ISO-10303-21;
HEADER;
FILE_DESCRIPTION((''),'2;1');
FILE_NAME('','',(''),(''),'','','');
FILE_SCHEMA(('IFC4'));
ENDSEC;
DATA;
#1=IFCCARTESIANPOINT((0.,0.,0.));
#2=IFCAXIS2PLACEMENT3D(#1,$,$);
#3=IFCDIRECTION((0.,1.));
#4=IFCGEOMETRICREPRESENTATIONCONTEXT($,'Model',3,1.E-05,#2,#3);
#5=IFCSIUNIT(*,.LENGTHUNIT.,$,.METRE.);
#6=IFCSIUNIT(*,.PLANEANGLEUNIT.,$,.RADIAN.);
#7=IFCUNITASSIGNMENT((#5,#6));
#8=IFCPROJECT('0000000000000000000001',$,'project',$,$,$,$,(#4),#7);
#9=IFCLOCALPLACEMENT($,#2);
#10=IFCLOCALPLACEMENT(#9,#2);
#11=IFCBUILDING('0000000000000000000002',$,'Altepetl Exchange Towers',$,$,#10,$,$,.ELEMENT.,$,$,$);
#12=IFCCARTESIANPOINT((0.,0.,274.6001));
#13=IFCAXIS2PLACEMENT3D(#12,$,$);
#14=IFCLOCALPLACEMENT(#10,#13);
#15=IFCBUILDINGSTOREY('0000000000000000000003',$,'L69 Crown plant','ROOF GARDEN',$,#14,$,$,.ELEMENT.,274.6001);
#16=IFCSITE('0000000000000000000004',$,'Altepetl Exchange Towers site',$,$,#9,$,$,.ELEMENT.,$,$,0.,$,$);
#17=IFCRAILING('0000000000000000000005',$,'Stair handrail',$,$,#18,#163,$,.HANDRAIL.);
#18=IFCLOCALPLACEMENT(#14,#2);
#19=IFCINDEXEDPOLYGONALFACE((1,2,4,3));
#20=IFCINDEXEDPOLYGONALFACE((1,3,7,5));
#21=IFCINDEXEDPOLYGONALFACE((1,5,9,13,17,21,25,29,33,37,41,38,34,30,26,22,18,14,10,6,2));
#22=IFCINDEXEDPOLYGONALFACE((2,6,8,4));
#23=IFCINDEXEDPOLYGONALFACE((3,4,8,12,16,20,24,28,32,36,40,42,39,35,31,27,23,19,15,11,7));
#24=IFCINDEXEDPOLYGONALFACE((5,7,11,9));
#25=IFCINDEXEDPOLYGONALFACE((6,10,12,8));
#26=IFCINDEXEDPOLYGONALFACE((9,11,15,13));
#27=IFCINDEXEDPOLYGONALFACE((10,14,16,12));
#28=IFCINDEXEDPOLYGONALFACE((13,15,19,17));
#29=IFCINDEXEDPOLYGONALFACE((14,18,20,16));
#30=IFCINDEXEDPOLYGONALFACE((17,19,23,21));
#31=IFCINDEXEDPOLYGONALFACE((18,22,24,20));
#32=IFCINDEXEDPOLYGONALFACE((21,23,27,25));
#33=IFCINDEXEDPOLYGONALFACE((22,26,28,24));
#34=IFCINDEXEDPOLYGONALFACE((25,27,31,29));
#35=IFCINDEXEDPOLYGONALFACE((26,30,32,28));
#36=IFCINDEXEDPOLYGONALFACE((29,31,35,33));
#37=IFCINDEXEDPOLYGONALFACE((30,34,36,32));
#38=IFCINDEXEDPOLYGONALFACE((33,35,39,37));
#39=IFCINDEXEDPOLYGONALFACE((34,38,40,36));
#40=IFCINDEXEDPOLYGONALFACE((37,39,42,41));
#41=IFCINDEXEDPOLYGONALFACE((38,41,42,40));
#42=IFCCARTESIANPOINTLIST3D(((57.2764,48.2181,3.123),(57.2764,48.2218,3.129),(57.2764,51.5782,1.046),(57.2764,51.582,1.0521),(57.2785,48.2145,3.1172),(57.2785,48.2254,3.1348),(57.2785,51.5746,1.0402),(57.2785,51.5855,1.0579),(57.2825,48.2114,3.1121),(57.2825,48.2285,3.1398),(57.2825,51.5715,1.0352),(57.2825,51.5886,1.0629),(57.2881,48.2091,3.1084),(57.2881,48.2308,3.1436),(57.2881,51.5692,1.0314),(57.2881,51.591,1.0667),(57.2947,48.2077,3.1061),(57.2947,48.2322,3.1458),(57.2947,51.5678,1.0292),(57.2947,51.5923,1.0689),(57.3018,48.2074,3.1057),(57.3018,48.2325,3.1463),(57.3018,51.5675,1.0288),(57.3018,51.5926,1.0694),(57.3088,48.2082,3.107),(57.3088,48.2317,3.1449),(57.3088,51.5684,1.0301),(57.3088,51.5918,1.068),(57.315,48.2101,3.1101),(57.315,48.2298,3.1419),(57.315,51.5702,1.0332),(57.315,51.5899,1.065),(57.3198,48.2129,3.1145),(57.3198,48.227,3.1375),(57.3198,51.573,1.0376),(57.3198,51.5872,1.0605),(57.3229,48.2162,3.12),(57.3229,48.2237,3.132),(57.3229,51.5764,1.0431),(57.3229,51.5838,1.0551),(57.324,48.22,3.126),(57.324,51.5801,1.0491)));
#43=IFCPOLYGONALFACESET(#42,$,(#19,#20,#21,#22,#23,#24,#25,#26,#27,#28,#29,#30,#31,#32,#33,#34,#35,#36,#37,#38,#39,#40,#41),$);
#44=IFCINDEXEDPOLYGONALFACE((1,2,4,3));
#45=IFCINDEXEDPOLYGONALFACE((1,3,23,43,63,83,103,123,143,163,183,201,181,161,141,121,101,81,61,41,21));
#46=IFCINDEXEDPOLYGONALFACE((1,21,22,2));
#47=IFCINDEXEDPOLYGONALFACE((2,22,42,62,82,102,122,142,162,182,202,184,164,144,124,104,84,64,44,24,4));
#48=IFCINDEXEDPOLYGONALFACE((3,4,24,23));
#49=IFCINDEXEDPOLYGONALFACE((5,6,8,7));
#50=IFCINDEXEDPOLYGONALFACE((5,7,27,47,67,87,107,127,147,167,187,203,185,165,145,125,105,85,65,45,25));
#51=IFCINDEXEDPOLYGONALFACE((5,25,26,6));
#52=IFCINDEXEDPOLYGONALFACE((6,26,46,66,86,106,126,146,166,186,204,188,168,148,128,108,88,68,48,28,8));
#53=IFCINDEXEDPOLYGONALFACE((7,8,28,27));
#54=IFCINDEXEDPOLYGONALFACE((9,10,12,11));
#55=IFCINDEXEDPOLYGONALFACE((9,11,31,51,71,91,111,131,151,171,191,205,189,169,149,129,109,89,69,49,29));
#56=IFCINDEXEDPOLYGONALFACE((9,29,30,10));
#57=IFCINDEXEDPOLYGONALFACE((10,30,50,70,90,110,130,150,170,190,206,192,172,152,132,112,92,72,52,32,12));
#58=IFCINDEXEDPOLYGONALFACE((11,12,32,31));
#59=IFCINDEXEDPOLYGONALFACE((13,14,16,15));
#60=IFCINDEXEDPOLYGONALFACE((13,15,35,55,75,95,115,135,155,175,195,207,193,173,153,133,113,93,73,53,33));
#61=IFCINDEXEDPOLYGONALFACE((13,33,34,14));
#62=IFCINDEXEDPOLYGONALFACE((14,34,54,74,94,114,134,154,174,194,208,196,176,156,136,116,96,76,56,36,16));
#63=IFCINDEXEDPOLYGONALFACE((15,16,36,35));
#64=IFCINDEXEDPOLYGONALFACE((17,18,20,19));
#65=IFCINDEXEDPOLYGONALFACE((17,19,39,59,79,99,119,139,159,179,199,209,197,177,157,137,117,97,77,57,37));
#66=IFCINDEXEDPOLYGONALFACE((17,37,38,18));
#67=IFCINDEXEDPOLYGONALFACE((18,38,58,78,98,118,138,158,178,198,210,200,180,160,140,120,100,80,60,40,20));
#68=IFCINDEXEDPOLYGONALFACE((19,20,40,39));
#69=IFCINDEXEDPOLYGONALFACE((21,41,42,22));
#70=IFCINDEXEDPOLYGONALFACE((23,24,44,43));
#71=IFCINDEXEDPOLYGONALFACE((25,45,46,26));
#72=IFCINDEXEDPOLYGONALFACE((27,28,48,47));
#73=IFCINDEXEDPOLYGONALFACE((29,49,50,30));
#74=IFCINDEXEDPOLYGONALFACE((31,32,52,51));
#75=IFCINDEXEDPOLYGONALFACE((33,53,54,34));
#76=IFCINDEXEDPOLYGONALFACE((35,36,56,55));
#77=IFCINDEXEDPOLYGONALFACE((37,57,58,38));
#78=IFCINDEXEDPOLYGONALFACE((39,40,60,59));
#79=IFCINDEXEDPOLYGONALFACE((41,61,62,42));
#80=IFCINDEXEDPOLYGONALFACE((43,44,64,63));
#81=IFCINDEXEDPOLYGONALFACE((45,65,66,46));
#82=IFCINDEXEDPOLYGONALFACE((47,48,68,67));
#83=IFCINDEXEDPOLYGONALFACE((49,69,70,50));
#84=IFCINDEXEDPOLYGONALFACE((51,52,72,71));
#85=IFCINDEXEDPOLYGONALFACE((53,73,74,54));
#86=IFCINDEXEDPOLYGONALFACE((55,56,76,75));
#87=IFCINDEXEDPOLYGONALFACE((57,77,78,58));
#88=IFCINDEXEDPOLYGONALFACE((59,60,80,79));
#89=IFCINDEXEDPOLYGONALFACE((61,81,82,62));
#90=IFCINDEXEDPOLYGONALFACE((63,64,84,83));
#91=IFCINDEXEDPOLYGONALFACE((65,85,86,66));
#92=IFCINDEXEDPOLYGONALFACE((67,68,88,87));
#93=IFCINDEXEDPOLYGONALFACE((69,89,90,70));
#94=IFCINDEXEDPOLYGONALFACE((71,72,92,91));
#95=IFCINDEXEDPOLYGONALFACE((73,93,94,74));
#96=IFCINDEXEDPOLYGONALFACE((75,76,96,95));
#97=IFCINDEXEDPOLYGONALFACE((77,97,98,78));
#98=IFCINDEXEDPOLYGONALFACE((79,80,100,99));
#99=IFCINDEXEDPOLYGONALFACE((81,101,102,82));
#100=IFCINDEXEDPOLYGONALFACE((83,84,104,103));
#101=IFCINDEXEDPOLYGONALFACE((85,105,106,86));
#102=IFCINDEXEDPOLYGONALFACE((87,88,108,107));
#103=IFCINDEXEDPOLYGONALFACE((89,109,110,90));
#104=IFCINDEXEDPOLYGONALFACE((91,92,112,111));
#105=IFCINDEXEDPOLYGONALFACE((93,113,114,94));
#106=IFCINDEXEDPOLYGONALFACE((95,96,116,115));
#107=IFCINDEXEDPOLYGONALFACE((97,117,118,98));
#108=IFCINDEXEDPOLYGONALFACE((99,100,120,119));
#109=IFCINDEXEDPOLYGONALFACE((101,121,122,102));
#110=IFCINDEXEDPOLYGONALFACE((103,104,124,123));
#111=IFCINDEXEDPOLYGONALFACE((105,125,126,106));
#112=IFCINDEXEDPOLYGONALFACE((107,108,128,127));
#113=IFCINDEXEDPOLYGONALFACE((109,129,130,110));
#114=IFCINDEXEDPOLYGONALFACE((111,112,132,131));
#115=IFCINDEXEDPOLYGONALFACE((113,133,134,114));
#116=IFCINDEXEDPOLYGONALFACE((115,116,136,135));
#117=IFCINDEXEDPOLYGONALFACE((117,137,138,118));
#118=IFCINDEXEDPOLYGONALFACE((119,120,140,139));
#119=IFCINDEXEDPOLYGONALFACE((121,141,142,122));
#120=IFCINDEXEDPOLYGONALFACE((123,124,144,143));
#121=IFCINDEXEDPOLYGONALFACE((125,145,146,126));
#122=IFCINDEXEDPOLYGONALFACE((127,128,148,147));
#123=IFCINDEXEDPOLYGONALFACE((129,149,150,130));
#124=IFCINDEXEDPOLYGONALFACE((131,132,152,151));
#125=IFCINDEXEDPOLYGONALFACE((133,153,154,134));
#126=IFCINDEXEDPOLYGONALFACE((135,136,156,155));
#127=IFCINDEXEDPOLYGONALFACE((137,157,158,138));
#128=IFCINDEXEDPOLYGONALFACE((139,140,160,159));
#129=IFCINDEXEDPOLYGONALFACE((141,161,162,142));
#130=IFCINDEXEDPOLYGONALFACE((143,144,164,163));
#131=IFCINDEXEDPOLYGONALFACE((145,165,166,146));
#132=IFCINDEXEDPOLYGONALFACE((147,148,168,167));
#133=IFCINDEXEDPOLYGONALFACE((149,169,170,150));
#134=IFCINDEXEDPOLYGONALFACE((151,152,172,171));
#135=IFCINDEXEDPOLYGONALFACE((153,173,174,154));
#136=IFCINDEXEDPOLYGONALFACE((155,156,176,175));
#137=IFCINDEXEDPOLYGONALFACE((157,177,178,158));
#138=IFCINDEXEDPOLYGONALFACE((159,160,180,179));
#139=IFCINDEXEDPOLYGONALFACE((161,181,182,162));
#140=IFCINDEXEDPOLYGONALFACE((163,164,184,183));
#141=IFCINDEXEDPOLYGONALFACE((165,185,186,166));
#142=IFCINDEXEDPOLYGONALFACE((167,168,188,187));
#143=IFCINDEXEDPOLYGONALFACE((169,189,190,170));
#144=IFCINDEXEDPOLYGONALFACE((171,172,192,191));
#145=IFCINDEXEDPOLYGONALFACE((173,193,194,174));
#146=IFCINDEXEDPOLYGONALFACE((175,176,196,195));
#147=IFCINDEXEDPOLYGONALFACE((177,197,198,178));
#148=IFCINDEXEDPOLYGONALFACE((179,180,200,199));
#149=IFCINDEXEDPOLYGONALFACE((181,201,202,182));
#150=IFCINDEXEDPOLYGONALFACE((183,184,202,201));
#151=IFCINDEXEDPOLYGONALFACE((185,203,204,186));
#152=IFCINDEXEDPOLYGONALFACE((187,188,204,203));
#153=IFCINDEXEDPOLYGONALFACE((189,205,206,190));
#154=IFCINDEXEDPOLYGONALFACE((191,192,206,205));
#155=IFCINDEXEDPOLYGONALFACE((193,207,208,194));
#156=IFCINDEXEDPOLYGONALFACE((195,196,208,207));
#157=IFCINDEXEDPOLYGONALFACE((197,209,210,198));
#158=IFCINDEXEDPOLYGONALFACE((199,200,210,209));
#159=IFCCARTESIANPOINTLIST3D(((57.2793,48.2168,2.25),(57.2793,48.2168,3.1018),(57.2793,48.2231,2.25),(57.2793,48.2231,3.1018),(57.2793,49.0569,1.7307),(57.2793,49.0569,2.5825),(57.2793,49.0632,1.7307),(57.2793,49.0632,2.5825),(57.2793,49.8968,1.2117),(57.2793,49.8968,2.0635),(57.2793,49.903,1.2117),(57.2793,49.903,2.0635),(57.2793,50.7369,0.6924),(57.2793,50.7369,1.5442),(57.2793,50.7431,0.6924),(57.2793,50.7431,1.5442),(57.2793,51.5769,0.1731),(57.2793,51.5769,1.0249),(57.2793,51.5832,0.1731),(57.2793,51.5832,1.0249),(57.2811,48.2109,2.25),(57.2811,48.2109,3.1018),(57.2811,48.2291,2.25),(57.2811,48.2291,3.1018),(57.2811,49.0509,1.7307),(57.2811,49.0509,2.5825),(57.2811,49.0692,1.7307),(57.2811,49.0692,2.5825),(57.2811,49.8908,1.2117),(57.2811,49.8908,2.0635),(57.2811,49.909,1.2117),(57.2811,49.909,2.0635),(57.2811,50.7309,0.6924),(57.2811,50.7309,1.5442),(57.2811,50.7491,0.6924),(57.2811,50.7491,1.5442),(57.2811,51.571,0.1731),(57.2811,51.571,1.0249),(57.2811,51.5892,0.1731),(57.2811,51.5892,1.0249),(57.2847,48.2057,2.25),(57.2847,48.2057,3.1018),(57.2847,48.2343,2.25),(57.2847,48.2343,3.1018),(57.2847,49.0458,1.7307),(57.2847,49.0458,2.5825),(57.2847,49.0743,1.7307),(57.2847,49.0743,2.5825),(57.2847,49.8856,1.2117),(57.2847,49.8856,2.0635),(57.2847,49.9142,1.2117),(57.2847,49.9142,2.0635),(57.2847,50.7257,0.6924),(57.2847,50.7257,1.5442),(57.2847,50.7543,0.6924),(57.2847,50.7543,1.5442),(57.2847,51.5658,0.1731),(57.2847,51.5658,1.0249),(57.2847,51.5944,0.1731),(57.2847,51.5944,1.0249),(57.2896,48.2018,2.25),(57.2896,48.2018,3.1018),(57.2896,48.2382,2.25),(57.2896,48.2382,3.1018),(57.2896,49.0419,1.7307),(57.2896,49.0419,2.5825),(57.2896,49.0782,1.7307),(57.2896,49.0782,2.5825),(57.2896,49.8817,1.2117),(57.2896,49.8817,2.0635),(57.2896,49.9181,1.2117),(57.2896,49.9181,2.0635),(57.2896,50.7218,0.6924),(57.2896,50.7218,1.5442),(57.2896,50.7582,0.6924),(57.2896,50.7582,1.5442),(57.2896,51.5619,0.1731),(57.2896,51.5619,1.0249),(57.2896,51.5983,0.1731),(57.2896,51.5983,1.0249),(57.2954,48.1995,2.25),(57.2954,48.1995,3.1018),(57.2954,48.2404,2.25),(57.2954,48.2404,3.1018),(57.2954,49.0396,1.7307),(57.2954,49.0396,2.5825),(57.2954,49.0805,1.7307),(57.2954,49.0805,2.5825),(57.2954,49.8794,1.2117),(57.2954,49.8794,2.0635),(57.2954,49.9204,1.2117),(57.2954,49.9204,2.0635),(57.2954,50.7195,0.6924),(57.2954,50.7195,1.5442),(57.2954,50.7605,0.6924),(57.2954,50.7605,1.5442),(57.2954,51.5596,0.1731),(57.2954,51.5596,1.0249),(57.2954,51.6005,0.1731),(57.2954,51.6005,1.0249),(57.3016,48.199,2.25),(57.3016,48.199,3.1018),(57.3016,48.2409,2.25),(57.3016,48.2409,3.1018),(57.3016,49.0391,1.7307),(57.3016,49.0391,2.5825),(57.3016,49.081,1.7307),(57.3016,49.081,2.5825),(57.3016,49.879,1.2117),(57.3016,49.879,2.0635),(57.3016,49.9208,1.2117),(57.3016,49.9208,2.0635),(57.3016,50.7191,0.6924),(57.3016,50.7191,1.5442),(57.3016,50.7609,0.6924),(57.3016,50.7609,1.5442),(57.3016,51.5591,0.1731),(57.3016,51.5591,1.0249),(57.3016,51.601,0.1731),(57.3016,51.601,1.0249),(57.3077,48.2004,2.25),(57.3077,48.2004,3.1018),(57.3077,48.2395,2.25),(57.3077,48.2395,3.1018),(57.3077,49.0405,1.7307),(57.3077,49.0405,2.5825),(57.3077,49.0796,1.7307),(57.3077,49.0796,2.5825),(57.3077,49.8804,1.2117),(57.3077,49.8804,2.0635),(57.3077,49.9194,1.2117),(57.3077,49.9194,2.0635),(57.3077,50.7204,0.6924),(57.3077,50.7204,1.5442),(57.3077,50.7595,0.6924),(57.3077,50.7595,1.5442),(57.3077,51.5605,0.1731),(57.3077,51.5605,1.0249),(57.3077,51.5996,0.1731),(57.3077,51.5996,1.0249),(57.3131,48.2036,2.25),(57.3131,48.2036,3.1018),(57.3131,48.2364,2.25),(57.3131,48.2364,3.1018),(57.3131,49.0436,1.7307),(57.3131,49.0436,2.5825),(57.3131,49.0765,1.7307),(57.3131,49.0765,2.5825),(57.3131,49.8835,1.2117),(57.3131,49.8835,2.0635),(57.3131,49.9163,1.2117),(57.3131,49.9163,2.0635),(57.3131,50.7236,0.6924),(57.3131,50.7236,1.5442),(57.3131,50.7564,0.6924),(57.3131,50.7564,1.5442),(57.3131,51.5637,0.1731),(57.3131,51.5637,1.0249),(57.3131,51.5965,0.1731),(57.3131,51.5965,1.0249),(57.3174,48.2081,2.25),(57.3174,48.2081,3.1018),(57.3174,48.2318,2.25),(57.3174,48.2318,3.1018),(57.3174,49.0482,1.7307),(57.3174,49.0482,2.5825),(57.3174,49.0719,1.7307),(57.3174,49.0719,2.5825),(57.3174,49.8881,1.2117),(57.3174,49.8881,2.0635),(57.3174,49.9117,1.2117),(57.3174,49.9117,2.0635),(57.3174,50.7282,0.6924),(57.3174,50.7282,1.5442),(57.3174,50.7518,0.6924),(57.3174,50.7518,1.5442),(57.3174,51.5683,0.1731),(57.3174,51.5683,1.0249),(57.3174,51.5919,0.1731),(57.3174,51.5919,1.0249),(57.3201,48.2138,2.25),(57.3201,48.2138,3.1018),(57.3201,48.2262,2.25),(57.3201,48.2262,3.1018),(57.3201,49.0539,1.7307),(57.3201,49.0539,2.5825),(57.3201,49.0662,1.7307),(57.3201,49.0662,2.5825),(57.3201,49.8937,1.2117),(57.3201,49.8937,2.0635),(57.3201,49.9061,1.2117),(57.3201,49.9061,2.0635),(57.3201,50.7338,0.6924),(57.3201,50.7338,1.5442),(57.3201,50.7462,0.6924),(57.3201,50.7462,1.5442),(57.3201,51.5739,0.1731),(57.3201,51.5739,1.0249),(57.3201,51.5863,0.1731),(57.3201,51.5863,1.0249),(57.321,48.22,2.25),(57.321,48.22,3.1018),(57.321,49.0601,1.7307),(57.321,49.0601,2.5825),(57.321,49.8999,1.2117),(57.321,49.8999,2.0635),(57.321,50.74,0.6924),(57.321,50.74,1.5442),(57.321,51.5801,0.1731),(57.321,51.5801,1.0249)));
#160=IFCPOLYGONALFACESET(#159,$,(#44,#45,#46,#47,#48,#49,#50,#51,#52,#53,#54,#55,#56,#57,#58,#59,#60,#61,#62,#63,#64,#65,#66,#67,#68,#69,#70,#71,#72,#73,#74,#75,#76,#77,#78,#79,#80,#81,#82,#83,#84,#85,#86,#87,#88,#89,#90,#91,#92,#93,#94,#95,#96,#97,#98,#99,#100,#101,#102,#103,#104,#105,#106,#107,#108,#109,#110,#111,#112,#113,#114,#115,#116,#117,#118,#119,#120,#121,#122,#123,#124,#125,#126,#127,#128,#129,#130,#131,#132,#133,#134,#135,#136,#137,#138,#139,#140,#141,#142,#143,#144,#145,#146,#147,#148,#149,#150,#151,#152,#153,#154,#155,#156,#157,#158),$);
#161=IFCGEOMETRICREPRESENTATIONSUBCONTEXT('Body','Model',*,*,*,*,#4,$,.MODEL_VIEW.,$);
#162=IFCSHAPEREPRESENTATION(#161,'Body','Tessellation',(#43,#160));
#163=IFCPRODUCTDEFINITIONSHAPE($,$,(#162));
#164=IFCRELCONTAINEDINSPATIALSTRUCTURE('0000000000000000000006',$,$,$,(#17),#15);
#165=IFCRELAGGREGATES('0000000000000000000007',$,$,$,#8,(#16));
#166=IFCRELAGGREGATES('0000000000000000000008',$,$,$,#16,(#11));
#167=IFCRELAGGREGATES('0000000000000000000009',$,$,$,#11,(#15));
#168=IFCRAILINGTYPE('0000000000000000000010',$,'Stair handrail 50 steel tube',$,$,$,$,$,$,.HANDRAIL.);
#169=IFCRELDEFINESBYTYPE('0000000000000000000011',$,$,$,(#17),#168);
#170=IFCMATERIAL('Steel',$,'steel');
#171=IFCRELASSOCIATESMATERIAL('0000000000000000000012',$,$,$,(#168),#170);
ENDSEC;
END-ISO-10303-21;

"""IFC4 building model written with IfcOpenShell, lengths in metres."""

from ifc_helpers import new_model, si_unit, direction, frame, origin, origin_2d, place, context, subcontext, project, spatial, circle, extrude, source, transform, mapped, material, type_object, element, save


model = new_model("IFC4")

# Units and contexts
model_context = context("Model", 3, precision=1e-05, world=origin(), true_north=direction((0.0, 1.0)))
body_context = subcontext(model_context, "Body", "Model", "MODEL_VIEW")
ifc_project = project(units=[si_unit("LENGTHUNIT", "METRE"), si_unit("PLANEANGLEUNIT", "RADIAN")], contexts=[model_context])

# Site, building, storey
site_placement = place(None, origin())
site = spatial("IfcSite", under=ifc_project, at=site_placement, Name="Altepetl Exchange Towers site", CompositionType="ELEMENT", RefElevation=0.0)
building_placement = place(site_placement, origin())
building = spatial("IfcBuilding", under=site, at=building_placement, Name="Altepetl Exchange Towers", CompositionType="ELEMENT")
storey_placement = place(building_placement, frame((0.0, 0.0, 274.6001)))
storey = spatial("IfcBuildingStorey", under=building, at=storey_placement, Name="L69 Crown plant", Description="ROOF GARDEN", CompositionType="ELEMENT", Elevation=274.6001)

# Railing
ifc_material_1 = material(Name="Steel", Category="steel")
railing_type = type_object("IfcRailingType", Name="Stair handrail 50 steel tube", PredefinedType="HANDRAIL", material=ifc_material_1)
shared_shape = source(origin(), body_context, "Body", "SweptSolid", [
    extrude(circle(Radius=0.021, at=origin_2d()), origin(), (0.0, 0.0, 1.0), 0.8518),
])
for number, where, name in (
    (1, (57.3, 51.5801, 0.1731), "Stair handrail"),
):
    element("IfcRailing", number, at=place(storey_placement, frame(where)), inside=storey, type_object=railing_type, Name=name, PredefinedType="HANDRAIL", context=body_context, shape_type="SweptSolid", body=[
        extrude(circle(Radius=0.0239, at=origin_2d()), frame((0.0, 0.0, 0.876), z_axis=(0.0, -0.850623, 0.525776), x_axis=(1.0, 0.0, 0.0)), (0.0, 0.0, 1.0), 3.9502),
        mapped(shared_shape, transform((0.0, 0.0, 0.0))),
        mapped(shared_shape, transform((0.0, -0.8401, 0.5193))),
        mapped(shared_shape, transform((0.0, -1.6802, 1.0386))),
        mapped(shared_shape, transform((0.0, -2.52, 1.5576))),
        mapped(shared_shape, transform((0.0, -3.3601, 2.0769))),
    ])

save(model, "model.ifc")
